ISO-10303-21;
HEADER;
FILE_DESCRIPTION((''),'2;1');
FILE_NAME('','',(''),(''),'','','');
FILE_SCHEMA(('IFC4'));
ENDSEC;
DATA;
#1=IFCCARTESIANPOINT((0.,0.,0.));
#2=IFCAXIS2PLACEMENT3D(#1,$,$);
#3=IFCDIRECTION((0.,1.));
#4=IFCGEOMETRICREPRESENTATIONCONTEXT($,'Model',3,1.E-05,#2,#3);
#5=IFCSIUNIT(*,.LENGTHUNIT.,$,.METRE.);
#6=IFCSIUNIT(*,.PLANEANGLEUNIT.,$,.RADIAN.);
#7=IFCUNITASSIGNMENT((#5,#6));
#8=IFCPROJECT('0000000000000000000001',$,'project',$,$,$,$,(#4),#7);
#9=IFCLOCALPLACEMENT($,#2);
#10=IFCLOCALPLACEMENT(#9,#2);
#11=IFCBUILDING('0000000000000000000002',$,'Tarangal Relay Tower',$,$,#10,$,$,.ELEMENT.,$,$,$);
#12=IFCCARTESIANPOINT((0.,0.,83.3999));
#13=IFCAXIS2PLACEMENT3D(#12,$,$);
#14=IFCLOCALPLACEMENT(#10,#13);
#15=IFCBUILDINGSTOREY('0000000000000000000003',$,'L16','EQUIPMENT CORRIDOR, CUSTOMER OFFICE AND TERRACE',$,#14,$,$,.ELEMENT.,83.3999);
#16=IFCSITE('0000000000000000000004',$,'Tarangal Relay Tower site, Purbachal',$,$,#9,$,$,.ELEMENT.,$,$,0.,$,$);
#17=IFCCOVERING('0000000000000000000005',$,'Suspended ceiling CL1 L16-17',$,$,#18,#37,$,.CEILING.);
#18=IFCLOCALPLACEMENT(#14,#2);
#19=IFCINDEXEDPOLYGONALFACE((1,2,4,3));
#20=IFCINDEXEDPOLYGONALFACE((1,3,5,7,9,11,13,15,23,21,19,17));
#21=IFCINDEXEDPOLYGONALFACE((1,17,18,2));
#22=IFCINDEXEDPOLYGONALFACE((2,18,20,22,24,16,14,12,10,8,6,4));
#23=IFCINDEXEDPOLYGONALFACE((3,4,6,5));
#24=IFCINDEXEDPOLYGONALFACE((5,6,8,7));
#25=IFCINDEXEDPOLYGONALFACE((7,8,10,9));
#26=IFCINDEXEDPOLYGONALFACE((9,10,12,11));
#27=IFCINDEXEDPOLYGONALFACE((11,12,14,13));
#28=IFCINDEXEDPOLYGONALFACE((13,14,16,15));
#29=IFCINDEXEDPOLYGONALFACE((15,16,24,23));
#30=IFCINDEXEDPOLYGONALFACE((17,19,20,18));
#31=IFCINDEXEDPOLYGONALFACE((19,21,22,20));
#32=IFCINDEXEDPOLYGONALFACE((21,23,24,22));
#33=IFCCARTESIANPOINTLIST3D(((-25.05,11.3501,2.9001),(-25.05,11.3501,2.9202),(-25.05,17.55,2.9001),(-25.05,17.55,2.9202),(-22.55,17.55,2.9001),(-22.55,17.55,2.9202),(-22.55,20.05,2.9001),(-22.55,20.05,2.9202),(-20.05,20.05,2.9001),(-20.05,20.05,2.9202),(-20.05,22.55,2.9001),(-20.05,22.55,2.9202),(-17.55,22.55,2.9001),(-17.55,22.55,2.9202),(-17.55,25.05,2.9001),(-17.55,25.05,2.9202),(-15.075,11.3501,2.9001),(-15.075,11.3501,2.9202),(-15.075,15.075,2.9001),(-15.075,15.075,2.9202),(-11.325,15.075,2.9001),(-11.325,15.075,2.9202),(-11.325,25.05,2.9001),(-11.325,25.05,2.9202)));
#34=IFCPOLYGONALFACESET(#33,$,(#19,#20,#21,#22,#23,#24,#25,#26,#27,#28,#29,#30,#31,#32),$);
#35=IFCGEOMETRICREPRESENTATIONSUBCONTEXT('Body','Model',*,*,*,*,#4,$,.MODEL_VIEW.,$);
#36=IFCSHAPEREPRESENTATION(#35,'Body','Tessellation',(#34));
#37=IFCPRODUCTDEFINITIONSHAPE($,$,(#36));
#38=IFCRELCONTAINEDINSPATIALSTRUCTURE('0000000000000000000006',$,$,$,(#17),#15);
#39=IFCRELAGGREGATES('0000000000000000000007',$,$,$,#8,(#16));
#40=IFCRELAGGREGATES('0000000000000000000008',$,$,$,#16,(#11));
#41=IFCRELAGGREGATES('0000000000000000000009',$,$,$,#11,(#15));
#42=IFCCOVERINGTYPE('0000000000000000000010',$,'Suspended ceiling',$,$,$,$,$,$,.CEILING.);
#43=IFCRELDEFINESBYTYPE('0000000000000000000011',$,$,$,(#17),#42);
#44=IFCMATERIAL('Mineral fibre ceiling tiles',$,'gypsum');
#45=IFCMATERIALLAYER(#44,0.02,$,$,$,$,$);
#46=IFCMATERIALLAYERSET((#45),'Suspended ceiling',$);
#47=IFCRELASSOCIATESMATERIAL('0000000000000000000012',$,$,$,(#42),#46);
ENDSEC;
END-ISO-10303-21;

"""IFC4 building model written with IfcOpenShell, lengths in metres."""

from ifc_helpers import new_model, si_unit, direction, frame, origin, place, context, subcontext, project, spatial, polyline, outline, extrude, material, layer, layer_set, type_object, element, save


model = new_model("IFC4")

# Units and contexts
model_context = context("Model", 3, precision=1e-05, world=origin(), true_north=direction((0.0, 1.0)))
body_context = subcontext(model_context, "Body", "Model", "MODEL_VIEW")
ifc_project = project(units=[si_unit("LENGTHUNIT", "METRE"), si_unit("PLANEANGLEUNIT", "RADIAN")], contexts=[model_context])

# Site, building, storey
site_placement = place(None, origin())
site = spatial("IfcSite", under=ifc_project, at=site_placement, Name="Tarangal Relay Tower site, Purbachal", CompositionType="ELEMENT", RefElevation=0.0)
building_placement = place(site_placement, origin())
building = spatial("IfcBuilding", under=site, at=building_placement, Name="Tarangal Relay Tower", CompositionType="ELEMENT")
storey_placement = place(building_placement, frame((0.0, 0.0, 83.3999)))
storey = spatial("IfcBuildingStorey", under=building, at=storey_placement, Name="L16", Description="EQUIPMENT CORRIDOR, CUSTOMER OFFICE AND TERRACE", CompositionType="ELEMENT", Elevation=83.3999)

# Covering
ifc_material_1 = material(Name="Mineral fibre ceiling tiles", Category="gypsum")
ifc_layer_1 = layer(ifc_material_1, 0.02)
ifc_layer_set_1 = layer_set([ifc_layer_1], Name="Suspended ceiling")
covering_type_1 = type_object("IfcCoveringType", Name="Suspended ceiling", PredefinedType="CEILING", material=ifc_layer_set_1)
covering_1_placement = place(storey_placement, frame((0.0, 0.0, 2.9001)))
element("IfcCovering", 1, at=covering_1_placement, inside=storey, type_object=covering_type_1, Name="Suspended ceiling CL1 L16-17", PredefinedType="CEILING", context=body_context, shape_type="SweptSolid", body=[
    extrude(outline(polyline([(-22.55, 17.55), (-25.05, 17.55), (-25.05, 11.3501), (-15.075, 11.3501), (-15.075, 15.075), (-11.325, 15.075), (-11.325, 25.05), (-17.55, 25.05), (-17.55, 22.55), (-20.05, 22.55), (-20.05, 20.05), (-22.55, 20.05), (-22.55, 17.55)])), origin(), (0.0, 0.0, 1.0), 0.02),
])

save(model, "model.ifc")
